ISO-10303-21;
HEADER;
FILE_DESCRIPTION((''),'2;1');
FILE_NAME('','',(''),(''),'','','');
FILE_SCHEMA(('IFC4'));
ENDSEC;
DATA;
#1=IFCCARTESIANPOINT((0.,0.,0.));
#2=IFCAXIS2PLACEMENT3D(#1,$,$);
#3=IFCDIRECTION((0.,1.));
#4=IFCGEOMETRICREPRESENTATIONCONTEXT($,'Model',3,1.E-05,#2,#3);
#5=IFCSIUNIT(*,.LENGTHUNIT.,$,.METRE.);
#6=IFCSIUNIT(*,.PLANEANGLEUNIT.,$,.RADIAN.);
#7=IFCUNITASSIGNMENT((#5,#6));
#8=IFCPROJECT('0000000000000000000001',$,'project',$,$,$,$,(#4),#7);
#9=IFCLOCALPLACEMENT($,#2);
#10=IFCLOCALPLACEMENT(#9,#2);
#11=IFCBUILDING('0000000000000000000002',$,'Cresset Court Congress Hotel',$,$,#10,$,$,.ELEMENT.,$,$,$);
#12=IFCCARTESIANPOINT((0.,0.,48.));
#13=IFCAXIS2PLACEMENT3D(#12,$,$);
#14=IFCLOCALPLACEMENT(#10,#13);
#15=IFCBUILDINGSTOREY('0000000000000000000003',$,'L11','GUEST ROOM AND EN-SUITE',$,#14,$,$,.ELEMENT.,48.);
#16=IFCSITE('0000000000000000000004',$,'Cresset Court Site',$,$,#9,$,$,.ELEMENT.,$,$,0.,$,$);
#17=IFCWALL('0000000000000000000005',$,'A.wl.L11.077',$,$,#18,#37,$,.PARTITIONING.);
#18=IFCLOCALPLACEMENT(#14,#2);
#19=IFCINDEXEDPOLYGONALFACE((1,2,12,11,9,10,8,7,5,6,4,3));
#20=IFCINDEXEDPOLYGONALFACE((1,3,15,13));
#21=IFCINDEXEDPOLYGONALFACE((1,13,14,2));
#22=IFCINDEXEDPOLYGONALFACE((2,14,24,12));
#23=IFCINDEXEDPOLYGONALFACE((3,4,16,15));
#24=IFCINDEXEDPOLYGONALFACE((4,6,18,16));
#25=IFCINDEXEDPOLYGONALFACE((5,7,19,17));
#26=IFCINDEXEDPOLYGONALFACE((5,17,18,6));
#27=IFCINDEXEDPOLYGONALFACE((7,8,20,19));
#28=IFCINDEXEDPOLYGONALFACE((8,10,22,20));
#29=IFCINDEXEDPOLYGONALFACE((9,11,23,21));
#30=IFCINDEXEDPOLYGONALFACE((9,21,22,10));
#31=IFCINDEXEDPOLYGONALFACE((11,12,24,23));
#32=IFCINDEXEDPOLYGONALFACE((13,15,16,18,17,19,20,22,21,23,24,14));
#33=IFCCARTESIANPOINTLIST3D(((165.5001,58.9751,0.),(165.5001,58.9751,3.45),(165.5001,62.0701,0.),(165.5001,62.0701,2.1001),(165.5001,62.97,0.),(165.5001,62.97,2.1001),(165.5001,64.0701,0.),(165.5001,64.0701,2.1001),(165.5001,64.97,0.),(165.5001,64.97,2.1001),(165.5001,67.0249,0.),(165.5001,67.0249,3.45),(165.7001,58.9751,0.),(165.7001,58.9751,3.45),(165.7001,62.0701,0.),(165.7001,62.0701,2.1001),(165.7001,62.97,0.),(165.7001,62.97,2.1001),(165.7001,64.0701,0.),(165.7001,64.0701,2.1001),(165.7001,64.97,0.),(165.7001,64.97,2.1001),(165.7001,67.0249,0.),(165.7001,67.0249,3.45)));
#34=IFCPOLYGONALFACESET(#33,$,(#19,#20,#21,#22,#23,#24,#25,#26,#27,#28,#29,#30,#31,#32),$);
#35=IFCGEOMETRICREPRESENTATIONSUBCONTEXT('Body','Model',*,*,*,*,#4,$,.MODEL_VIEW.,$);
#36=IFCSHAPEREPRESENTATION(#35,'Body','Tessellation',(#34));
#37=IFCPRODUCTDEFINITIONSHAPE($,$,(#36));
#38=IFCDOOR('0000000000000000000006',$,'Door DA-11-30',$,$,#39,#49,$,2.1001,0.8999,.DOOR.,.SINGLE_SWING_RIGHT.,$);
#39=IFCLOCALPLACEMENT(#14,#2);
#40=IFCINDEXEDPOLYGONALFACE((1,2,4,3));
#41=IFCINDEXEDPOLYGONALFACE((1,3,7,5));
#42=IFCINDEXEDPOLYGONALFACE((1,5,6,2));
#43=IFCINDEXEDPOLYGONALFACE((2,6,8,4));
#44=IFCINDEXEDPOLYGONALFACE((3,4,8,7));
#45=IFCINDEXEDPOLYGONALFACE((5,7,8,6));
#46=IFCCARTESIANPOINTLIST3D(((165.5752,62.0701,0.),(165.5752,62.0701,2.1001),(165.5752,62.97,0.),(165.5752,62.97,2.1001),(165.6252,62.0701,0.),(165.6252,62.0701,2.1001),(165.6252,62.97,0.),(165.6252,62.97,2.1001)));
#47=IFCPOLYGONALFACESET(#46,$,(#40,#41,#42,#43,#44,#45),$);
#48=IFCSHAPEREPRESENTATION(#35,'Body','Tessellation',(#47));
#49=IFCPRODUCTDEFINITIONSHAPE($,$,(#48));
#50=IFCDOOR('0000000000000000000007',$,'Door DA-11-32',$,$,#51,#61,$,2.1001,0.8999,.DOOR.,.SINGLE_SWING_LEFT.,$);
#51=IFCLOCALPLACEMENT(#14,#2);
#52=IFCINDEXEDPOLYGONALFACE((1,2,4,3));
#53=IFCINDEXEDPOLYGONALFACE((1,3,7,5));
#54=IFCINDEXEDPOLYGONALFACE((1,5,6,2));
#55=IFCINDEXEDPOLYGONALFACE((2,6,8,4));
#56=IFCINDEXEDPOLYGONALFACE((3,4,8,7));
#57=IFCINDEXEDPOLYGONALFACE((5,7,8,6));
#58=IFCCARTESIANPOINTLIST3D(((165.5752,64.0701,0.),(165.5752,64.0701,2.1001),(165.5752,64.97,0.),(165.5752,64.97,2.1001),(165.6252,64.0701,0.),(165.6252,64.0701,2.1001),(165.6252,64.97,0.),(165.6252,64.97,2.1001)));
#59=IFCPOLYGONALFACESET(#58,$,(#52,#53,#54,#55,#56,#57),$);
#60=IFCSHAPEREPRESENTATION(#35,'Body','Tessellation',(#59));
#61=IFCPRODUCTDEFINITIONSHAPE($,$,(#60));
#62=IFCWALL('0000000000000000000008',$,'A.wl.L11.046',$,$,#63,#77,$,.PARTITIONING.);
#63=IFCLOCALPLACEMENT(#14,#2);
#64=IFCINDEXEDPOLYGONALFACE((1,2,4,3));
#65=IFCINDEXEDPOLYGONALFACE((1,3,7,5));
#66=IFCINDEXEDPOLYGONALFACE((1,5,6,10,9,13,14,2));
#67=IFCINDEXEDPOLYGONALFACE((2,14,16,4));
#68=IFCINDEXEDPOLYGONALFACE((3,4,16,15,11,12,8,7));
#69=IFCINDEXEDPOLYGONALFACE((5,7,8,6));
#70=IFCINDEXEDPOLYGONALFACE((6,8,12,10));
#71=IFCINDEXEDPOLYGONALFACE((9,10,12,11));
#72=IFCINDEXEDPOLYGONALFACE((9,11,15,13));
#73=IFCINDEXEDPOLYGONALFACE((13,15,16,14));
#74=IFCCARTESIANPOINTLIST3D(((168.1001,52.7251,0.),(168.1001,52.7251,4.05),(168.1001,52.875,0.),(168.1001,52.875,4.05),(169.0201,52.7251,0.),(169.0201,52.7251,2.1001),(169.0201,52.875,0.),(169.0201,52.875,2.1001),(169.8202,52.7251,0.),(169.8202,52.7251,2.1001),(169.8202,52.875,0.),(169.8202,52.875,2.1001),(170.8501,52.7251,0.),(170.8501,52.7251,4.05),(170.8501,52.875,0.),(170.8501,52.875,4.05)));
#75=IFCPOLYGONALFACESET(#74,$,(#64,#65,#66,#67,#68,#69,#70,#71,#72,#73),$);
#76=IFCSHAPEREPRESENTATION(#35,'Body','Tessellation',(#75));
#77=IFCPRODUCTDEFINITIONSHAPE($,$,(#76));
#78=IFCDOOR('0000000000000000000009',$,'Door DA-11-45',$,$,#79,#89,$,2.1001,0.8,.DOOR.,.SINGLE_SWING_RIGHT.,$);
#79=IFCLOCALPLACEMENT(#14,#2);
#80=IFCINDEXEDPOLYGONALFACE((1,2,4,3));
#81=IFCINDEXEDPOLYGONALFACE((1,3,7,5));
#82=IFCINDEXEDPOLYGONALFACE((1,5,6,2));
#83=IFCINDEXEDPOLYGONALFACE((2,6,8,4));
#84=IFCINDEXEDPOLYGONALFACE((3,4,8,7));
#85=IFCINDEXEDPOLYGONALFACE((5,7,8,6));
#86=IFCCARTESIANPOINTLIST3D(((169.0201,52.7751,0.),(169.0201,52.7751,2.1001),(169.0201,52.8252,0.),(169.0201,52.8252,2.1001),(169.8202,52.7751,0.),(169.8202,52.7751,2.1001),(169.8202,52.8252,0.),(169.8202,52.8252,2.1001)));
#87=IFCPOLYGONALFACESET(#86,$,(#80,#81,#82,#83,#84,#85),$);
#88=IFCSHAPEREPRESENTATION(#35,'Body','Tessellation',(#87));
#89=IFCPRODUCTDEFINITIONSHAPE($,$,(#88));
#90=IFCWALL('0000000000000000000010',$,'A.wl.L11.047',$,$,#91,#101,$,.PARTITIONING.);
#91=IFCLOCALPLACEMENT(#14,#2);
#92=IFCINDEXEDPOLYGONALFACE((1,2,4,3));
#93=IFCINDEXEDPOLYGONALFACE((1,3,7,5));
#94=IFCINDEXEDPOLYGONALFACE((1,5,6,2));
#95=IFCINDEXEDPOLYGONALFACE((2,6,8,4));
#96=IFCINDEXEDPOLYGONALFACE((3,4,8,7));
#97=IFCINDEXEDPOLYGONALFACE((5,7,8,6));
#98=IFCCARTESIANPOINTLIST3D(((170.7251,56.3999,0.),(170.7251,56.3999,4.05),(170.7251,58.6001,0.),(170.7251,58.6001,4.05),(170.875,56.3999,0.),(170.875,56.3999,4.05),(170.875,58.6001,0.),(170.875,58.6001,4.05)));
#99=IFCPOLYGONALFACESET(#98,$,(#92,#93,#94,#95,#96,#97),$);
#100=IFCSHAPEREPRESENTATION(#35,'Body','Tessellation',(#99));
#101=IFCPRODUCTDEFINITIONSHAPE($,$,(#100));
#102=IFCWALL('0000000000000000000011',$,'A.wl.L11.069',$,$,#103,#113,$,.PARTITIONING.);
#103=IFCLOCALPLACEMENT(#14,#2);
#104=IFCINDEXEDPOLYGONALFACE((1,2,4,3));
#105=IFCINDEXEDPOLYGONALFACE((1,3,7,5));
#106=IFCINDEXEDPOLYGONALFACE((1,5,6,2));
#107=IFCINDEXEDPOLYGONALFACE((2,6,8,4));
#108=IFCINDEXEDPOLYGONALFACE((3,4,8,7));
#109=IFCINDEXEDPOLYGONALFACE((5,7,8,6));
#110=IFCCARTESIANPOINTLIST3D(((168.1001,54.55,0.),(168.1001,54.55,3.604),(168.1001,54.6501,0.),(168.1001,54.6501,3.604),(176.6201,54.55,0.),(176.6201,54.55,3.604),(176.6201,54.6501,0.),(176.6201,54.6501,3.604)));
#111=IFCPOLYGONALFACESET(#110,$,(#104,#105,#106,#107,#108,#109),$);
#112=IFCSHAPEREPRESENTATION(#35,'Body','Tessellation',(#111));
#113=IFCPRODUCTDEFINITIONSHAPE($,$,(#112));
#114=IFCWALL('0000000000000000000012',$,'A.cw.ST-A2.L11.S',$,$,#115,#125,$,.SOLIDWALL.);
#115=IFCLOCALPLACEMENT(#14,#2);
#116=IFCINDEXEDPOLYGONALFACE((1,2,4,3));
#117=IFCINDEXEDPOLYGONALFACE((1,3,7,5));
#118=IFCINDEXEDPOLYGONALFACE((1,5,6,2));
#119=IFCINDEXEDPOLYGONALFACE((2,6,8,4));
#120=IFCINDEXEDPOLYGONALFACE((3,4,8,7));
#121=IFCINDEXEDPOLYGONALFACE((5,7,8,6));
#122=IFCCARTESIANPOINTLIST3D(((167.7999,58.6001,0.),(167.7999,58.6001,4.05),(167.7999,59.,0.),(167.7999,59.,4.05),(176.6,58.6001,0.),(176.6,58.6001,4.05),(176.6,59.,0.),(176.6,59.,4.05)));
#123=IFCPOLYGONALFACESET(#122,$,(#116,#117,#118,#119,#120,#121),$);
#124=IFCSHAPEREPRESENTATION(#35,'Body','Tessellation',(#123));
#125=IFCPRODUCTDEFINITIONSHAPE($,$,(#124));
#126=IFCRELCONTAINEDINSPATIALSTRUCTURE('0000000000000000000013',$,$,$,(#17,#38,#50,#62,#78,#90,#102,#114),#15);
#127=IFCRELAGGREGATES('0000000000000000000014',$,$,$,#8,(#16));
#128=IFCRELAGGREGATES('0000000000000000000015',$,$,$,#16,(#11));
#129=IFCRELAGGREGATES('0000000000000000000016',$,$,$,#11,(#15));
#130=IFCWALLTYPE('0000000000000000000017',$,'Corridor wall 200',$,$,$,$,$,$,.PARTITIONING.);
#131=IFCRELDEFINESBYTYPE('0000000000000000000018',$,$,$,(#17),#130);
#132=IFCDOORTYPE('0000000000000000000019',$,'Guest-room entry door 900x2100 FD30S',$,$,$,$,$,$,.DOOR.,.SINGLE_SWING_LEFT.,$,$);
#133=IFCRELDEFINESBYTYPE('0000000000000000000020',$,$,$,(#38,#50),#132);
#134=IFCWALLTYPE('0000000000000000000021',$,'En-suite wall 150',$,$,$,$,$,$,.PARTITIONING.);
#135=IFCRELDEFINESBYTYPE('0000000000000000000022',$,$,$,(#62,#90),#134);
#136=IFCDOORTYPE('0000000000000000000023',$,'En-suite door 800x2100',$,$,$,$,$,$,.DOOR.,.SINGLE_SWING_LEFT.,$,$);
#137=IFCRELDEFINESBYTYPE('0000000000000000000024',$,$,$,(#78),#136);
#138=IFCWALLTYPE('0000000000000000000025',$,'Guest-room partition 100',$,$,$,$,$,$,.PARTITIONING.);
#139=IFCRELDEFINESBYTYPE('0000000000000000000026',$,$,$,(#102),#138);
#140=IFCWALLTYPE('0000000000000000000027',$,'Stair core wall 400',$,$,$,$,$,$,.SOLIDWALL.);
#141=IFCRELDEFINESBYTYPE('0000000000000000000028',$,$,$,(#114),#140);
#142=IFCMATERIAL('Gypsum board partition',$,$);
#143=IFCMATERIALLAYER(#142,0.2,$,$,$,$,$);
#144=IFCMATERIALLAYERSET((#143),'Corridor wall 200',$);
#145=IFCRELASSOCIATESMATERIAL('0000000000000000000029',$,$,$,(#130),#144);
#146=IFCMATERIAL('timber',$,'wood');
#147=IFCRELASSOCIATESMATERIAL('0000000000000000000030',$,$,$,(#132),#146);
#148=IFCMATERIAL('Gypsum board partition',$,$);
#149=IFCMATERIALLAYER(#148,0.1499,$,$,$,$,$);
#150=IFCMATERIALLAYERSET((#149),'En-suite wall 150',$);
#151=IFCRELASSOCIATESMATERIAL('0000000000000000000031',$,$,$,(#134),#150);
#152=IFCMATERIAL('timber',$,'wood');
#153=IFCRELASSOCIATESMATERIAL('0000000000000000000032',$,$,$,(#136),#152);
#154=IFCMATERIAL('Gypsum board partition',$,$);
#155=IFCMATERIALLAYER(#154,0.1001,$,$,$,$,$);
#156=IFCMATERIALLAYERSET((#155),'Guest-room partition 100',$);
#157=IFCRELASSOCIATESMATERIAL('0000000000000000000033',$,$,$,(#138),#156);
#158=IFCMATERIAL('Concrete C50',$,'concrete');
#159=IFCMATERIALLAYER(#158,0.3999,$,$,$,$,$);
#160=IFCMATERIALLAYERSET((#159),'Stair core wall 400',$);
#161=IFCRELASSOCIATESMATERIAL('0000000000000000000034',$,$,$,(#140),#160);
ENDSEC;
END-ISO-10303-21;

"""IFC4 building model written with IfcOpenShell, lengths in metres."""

from ifc_helpers import new_model, si_unit, direction, frame, frame_2d, origin, place, context, subcontext, project, spatial, rectangle, extrude, material, layer, layer_set, type_object, element, fill, save


model = new_model("IFC4")

# Units and contexts
model_context = context("Model", 3, precision=1e-05, world=origin(), true_north=direction((0.0, 1.0)))
body_context = subcontext(model_context, "Body", "Model", "MODEL_VIEW")
ifc_project = project(units=[si_unit("LENGTHUNIT", "METRE"), si_unit("PLANEANGLEUNIT", "RADIAN")], contexts=[model_context])

# Site, building, storey
site_placement = place(None, origin())
site = spatial("IfcSite", under=ifc_project, at=site_placement, Name="Cresset Court Site", CompositionType="ELEMENT", RefElevation=0.0)
building_placement = place(site_placement, origin())
building = spatial("IfcBuilding", under=site, at=building_placement, Name="Cresset Court Congress Hotel", CompositionType="ELEMENT")
storey_placement = place(building_placement, frame((0.0, 0.0, 48.0)))
storey = spatial("IfcBuildingStorey", under=building, at=storey_placement, Name="L11", Description="GUEST ROOM AND EN-SUITE", CompositionType="ELEMENT", Elevation=48.0)

# Wall, openings, doors
ifc_material_1 = material(Name="Gypsum board partition")
ifc_layer_1 = layer(ifc_material_1, 0.2)
ifc_layer_set_1 = layer_set([ifc_layer_1], Name="Corridor wall 200")
wall_type_1 = type_object("IfcWallType", Name="Corridor wall 200", PredefinedType="PARTITIONING", material=ifc_layer_set_1)
wall_1_placement = place(storey_placement, frame((165.6001, 58.9751, 0.0), z_axis=(0.0, 0.0, 1.0), x_axis=(0.0, 1.0, 0.0)))
wall_1 = element("IfcWall", 1, at=wall_1_placement, inside=storey, type_object=wall_type_1, Name="A.wl.L11.077", PredefinedType="PARTITIONING", context=body_context, shape_type="SweptSolid", body=[
    extrude(rectangle(XDim=8.0498, YDim=0.2, at=frame_2d((4.0249, 0.0))), origin(), (0.0, 0.0, 1.0), 3.45),
])
opening_1_placement = place(wall_1_placement, frame((3.095, 0.0, 0.0)))
opening_1 = element("IfcOpeningElement", 2, at=opening_1_placement, cuts=wall_1, PredefinedType="OPENING", context=body_context, shape_type="SweptSolid", body=[
    extrude(rectangle(XDim=0.8999, YDim=2.1001, at=frame_2d((0.45, 1.05))), frame((0.0, 0.1099, 0.0), z_axis=(0.0, -1.0, 0.0), x_axis=(1.0, 0.0, 0.0)), (0.0, 0.0, 1.0), 0.22),
])
opening_2_placement = place(wall_1_placement, frame((5.095, 0.0, 0.0)))
opening_2 = element("IfcOpeningElement", 3, at=opening_2_placement, cuts=wall_1, PredefinedType="OPENING", context=body_context, shape_type="SweptSolid", body=[
    extrude(rectangle(XDim=0.8999, YDim=2.1001, at=frame_2d((0.45, 1.05))), frame((0.0, 0.1099, 0.0), z_axis=(0.0, -1.0, 0.0), x_axis=(1.0, 0.0, 0.0)), (0.0, 0.0, 1.0), 0.22),
])
ifc_material_2 = material(Name="timber", Category="wood")
door_type_1 = type_object("IfcDoorType", Name="Guest-room entry door 900x2100 FD30S", OperationType="SINGLE_SWING_LEFT", PredefinedType="DOOR", material=ifc_material_2)
door_1_placement = place(opening_1_placement, origin())
door_1 = element("IfcDoor", 4, at=door_1_placement, inside=storey, type_object=door_type_1, Name="Door DA-11-30", OperationType="SINGLE_SWING_RIGHT", OverallHeight=2.1001, OverallWidth=0.8999, PredefinedType="DOOR", context=body_context, shape_type="SweptSolid", body=[
    extrude(rectangle(XDim=0.8999, YDim=2.1001, at=frame_2d((0.45, 1.05))), frame((0.0, 0.0249, 0.0), z_axis=(0.0, -1.0, 0.0), x_axis=(1.0, 0.0, 0.0)), (0.0, 0.0, 1.0), 0.05),
])
fill(opening_1, door_1)
door_2_placement = place(opening_2_placement, origin())
door_2 = element("IfcDoor", 5, at=door_2_placement, inside=storey, type_object=door_type_1, Name="Door DA-11-32", OperationType="SINGLE_SWING_LEFT", OverallHeight=2.1001, OverallWidth=0.8999, PredefinedType="DOOR", context=body_context, shape_type="SweptSolid", body=[
    extrude(rectangle(XDim=0.8999, YDim=2.1001, at=frame_2d((0.45, 1.05))), frame((0.0, 0.0249, 0.0), z_axis=(0.0, -1.0, 0.0), x_axis=(1.0, 0.0, 0.0)), (0.0, 0.0, 1.0), 0.05),
])
fill(opening_2, door_2)

# Wall, opening, door
ifc_material_3 = material(Name="Gypsum board partition")
ifc_layer_2 = layer(ifc_material_3, 0.1499)
ifc_layer_set_2 = layer_set([ifc_layer_2], Name="En-suite wall 150")
wall_type_2 = type_object("IfcWallType", Name="En-suite wall 150", PredefinedType="PARTITIONING", material=ifc_layer_set_2)
wall_2_placement = place(storey_placement, frame((170.8501, 52.8, 0.0), z_axis=(0.0, 0.0, 1.0), x_axis=(-1.0, 0.0, 0.0)))
wall_2 = element("IfcWall", 6, at=wall_2_placement, inside=storey, type_object=wall_type_2, Name="A.wl.L11.046", PredefinedType="PARTITIONING", context=body_context, shape_type="SweptSolid", body=[
    extrude(rectangle(XDim=2.75, YDim=0.1499, at=frame_2d((1.375, 0.0))), origin(), (0.0, 0.0, 1.0), 4.05),
])
opening_3_placement = place(wall_2_placement, frame((1.03, 0.0, 0.0)))
opening_3 = element("IfcOpeningElement", 7, at=opening_3_placement, cuts=wall_2, PredefinedType="OPENING", context=body_context, shape_type="SweptSolid", body=[
    extrude(rectangle(XDim=0.8, YDim=2.1001, at=frame_2d((0.3999, 1.05))), frame((0.0, 0.085, 0.0), z_axis=(0.0, -1.0, 0.0), x_axis=(1.0, 0.0, 0.0)), (0.0, 0.0, 1.0), 0.1699),
])
ifc_material_4 = material(Name="timber", Category="wood")
door_type_2 = type_object("IfcDoorType", Name="En-suite door 800x2100", OperationType="SINGLE_SWING_LEFT", PredefinedType="DOOR", material=ifc_material_4)
door_3_placement = place(opening_3_placement, origin())
door_3 = element("IfcDoor", 8, at=door_3_placement, inside=storey, type_object=door_type_2, Name="Door DA-11-45", OperationType="SINGLE_SWING_RIGHT", OverallHeight=2.1001, OverallWidth=0.8, PredefinedType="DOOR", context=body_context, shape_type="SweptSolid", body=[
    extrude(rectangle(XDim=0.8, YDim=2.1001, at=frame_2d((0.3999, 1.05))), frame((0.0, 0.0249, 0.0), z_axis=(0.0, -1.0, 0.0), x_axis=(1.0, 0.0, 0.0)), (0.0, 0.0, 1.0), 0.05),
])
fill(opening_3, door_3)

# Walls
wall_3_placement = place(storey_placement, frame((170.8, 56.3999, 0.0), z_axis=(0.0, 0.0, 1.0), x_axis=(0.0, 1.0, 0.0)))
element("IfcWall", 9, at=wall_3_placement, inside=storey, type_object=wall_type_2, Name="A.wl.L11.047", PredefinedType="PARTITIONING", context=body_context, shape_type="SweptSolid", body=[
    extrude(rectangle(XDim=2.2002, YDim=0.1499, at=frame_2d((1.1001, 0.0))), origin(), (0.0, 0.0, 1.0), 4.05),
])
ifc_material_5 = material(Name="Gypsum board partition")
ifc_layer_3 = layer(ifc_material_5, 0.1001)
ifc_layer_set_3 = layer_set([ifc_layer_3], Name="Guest-room partition 100")
wall_type_3 = type_object("IfcWallType", Name="Guest-room partition 100", PredefinedType="PARTITIONING", material=ifc_layer_set_3)
wall_4_placement = place(storey_placement, frame((168.1001, 54.6001, 0.0), z_axis=(0.0, 0.0, 1.0), x_axis=(1.0, 0.0, 0.0)))
element("IfcWall", 10, at=wall_4_placement, inside=storey, type_object=wall_type_3, Name="A.wl.L11.069", PredefinedType="PARTITIONING", context=body_context, shape_type="SweptSolid", body=[
    extrude(rectangle(XDim=8.52, YDim=0.1001, at=frame_2d((4.26, 0.0))), origin(), (0.0, 0.0, 1.0), 3.604),
])
ifc_material_6 = material(Name="Concrete C50", Category="concrete")
ifc_layer_4 = layer(ifc_material_6, 0.3999)
ifc_layer_set_4 = layer_set([ifc_layer_4], Name="Stair core wall 400")
wall_type_4 = type_object("IfcWallType", Name="Stair core wall 400", PredefinedType="SOLIDWALL", material=ifc_layer_set_4)
wall_5_placement = place(storey_placement, frame((167.8, 58.8, 0.0), z_axis=(0.0, 0.0, 1.0), x_axis=(1.0, 0.0, 0.0)))
element("IfcWall", 11, at=wall_5_placement, inside=storey, type_object=wall_type_4, Name="A.cw.ST-A2.L11.S", PredefinedType="SOLIDWALL", context=body_context, shape_type="SweptSolid", body=[
    extrude(rectangle(XDim=8.8, YDim=0.3999, at=frame_2d((4.3999, 0.0))), origin(), (0.0, 0.0, 1.0), 4.05),
])

save(model, "model.ifc")
